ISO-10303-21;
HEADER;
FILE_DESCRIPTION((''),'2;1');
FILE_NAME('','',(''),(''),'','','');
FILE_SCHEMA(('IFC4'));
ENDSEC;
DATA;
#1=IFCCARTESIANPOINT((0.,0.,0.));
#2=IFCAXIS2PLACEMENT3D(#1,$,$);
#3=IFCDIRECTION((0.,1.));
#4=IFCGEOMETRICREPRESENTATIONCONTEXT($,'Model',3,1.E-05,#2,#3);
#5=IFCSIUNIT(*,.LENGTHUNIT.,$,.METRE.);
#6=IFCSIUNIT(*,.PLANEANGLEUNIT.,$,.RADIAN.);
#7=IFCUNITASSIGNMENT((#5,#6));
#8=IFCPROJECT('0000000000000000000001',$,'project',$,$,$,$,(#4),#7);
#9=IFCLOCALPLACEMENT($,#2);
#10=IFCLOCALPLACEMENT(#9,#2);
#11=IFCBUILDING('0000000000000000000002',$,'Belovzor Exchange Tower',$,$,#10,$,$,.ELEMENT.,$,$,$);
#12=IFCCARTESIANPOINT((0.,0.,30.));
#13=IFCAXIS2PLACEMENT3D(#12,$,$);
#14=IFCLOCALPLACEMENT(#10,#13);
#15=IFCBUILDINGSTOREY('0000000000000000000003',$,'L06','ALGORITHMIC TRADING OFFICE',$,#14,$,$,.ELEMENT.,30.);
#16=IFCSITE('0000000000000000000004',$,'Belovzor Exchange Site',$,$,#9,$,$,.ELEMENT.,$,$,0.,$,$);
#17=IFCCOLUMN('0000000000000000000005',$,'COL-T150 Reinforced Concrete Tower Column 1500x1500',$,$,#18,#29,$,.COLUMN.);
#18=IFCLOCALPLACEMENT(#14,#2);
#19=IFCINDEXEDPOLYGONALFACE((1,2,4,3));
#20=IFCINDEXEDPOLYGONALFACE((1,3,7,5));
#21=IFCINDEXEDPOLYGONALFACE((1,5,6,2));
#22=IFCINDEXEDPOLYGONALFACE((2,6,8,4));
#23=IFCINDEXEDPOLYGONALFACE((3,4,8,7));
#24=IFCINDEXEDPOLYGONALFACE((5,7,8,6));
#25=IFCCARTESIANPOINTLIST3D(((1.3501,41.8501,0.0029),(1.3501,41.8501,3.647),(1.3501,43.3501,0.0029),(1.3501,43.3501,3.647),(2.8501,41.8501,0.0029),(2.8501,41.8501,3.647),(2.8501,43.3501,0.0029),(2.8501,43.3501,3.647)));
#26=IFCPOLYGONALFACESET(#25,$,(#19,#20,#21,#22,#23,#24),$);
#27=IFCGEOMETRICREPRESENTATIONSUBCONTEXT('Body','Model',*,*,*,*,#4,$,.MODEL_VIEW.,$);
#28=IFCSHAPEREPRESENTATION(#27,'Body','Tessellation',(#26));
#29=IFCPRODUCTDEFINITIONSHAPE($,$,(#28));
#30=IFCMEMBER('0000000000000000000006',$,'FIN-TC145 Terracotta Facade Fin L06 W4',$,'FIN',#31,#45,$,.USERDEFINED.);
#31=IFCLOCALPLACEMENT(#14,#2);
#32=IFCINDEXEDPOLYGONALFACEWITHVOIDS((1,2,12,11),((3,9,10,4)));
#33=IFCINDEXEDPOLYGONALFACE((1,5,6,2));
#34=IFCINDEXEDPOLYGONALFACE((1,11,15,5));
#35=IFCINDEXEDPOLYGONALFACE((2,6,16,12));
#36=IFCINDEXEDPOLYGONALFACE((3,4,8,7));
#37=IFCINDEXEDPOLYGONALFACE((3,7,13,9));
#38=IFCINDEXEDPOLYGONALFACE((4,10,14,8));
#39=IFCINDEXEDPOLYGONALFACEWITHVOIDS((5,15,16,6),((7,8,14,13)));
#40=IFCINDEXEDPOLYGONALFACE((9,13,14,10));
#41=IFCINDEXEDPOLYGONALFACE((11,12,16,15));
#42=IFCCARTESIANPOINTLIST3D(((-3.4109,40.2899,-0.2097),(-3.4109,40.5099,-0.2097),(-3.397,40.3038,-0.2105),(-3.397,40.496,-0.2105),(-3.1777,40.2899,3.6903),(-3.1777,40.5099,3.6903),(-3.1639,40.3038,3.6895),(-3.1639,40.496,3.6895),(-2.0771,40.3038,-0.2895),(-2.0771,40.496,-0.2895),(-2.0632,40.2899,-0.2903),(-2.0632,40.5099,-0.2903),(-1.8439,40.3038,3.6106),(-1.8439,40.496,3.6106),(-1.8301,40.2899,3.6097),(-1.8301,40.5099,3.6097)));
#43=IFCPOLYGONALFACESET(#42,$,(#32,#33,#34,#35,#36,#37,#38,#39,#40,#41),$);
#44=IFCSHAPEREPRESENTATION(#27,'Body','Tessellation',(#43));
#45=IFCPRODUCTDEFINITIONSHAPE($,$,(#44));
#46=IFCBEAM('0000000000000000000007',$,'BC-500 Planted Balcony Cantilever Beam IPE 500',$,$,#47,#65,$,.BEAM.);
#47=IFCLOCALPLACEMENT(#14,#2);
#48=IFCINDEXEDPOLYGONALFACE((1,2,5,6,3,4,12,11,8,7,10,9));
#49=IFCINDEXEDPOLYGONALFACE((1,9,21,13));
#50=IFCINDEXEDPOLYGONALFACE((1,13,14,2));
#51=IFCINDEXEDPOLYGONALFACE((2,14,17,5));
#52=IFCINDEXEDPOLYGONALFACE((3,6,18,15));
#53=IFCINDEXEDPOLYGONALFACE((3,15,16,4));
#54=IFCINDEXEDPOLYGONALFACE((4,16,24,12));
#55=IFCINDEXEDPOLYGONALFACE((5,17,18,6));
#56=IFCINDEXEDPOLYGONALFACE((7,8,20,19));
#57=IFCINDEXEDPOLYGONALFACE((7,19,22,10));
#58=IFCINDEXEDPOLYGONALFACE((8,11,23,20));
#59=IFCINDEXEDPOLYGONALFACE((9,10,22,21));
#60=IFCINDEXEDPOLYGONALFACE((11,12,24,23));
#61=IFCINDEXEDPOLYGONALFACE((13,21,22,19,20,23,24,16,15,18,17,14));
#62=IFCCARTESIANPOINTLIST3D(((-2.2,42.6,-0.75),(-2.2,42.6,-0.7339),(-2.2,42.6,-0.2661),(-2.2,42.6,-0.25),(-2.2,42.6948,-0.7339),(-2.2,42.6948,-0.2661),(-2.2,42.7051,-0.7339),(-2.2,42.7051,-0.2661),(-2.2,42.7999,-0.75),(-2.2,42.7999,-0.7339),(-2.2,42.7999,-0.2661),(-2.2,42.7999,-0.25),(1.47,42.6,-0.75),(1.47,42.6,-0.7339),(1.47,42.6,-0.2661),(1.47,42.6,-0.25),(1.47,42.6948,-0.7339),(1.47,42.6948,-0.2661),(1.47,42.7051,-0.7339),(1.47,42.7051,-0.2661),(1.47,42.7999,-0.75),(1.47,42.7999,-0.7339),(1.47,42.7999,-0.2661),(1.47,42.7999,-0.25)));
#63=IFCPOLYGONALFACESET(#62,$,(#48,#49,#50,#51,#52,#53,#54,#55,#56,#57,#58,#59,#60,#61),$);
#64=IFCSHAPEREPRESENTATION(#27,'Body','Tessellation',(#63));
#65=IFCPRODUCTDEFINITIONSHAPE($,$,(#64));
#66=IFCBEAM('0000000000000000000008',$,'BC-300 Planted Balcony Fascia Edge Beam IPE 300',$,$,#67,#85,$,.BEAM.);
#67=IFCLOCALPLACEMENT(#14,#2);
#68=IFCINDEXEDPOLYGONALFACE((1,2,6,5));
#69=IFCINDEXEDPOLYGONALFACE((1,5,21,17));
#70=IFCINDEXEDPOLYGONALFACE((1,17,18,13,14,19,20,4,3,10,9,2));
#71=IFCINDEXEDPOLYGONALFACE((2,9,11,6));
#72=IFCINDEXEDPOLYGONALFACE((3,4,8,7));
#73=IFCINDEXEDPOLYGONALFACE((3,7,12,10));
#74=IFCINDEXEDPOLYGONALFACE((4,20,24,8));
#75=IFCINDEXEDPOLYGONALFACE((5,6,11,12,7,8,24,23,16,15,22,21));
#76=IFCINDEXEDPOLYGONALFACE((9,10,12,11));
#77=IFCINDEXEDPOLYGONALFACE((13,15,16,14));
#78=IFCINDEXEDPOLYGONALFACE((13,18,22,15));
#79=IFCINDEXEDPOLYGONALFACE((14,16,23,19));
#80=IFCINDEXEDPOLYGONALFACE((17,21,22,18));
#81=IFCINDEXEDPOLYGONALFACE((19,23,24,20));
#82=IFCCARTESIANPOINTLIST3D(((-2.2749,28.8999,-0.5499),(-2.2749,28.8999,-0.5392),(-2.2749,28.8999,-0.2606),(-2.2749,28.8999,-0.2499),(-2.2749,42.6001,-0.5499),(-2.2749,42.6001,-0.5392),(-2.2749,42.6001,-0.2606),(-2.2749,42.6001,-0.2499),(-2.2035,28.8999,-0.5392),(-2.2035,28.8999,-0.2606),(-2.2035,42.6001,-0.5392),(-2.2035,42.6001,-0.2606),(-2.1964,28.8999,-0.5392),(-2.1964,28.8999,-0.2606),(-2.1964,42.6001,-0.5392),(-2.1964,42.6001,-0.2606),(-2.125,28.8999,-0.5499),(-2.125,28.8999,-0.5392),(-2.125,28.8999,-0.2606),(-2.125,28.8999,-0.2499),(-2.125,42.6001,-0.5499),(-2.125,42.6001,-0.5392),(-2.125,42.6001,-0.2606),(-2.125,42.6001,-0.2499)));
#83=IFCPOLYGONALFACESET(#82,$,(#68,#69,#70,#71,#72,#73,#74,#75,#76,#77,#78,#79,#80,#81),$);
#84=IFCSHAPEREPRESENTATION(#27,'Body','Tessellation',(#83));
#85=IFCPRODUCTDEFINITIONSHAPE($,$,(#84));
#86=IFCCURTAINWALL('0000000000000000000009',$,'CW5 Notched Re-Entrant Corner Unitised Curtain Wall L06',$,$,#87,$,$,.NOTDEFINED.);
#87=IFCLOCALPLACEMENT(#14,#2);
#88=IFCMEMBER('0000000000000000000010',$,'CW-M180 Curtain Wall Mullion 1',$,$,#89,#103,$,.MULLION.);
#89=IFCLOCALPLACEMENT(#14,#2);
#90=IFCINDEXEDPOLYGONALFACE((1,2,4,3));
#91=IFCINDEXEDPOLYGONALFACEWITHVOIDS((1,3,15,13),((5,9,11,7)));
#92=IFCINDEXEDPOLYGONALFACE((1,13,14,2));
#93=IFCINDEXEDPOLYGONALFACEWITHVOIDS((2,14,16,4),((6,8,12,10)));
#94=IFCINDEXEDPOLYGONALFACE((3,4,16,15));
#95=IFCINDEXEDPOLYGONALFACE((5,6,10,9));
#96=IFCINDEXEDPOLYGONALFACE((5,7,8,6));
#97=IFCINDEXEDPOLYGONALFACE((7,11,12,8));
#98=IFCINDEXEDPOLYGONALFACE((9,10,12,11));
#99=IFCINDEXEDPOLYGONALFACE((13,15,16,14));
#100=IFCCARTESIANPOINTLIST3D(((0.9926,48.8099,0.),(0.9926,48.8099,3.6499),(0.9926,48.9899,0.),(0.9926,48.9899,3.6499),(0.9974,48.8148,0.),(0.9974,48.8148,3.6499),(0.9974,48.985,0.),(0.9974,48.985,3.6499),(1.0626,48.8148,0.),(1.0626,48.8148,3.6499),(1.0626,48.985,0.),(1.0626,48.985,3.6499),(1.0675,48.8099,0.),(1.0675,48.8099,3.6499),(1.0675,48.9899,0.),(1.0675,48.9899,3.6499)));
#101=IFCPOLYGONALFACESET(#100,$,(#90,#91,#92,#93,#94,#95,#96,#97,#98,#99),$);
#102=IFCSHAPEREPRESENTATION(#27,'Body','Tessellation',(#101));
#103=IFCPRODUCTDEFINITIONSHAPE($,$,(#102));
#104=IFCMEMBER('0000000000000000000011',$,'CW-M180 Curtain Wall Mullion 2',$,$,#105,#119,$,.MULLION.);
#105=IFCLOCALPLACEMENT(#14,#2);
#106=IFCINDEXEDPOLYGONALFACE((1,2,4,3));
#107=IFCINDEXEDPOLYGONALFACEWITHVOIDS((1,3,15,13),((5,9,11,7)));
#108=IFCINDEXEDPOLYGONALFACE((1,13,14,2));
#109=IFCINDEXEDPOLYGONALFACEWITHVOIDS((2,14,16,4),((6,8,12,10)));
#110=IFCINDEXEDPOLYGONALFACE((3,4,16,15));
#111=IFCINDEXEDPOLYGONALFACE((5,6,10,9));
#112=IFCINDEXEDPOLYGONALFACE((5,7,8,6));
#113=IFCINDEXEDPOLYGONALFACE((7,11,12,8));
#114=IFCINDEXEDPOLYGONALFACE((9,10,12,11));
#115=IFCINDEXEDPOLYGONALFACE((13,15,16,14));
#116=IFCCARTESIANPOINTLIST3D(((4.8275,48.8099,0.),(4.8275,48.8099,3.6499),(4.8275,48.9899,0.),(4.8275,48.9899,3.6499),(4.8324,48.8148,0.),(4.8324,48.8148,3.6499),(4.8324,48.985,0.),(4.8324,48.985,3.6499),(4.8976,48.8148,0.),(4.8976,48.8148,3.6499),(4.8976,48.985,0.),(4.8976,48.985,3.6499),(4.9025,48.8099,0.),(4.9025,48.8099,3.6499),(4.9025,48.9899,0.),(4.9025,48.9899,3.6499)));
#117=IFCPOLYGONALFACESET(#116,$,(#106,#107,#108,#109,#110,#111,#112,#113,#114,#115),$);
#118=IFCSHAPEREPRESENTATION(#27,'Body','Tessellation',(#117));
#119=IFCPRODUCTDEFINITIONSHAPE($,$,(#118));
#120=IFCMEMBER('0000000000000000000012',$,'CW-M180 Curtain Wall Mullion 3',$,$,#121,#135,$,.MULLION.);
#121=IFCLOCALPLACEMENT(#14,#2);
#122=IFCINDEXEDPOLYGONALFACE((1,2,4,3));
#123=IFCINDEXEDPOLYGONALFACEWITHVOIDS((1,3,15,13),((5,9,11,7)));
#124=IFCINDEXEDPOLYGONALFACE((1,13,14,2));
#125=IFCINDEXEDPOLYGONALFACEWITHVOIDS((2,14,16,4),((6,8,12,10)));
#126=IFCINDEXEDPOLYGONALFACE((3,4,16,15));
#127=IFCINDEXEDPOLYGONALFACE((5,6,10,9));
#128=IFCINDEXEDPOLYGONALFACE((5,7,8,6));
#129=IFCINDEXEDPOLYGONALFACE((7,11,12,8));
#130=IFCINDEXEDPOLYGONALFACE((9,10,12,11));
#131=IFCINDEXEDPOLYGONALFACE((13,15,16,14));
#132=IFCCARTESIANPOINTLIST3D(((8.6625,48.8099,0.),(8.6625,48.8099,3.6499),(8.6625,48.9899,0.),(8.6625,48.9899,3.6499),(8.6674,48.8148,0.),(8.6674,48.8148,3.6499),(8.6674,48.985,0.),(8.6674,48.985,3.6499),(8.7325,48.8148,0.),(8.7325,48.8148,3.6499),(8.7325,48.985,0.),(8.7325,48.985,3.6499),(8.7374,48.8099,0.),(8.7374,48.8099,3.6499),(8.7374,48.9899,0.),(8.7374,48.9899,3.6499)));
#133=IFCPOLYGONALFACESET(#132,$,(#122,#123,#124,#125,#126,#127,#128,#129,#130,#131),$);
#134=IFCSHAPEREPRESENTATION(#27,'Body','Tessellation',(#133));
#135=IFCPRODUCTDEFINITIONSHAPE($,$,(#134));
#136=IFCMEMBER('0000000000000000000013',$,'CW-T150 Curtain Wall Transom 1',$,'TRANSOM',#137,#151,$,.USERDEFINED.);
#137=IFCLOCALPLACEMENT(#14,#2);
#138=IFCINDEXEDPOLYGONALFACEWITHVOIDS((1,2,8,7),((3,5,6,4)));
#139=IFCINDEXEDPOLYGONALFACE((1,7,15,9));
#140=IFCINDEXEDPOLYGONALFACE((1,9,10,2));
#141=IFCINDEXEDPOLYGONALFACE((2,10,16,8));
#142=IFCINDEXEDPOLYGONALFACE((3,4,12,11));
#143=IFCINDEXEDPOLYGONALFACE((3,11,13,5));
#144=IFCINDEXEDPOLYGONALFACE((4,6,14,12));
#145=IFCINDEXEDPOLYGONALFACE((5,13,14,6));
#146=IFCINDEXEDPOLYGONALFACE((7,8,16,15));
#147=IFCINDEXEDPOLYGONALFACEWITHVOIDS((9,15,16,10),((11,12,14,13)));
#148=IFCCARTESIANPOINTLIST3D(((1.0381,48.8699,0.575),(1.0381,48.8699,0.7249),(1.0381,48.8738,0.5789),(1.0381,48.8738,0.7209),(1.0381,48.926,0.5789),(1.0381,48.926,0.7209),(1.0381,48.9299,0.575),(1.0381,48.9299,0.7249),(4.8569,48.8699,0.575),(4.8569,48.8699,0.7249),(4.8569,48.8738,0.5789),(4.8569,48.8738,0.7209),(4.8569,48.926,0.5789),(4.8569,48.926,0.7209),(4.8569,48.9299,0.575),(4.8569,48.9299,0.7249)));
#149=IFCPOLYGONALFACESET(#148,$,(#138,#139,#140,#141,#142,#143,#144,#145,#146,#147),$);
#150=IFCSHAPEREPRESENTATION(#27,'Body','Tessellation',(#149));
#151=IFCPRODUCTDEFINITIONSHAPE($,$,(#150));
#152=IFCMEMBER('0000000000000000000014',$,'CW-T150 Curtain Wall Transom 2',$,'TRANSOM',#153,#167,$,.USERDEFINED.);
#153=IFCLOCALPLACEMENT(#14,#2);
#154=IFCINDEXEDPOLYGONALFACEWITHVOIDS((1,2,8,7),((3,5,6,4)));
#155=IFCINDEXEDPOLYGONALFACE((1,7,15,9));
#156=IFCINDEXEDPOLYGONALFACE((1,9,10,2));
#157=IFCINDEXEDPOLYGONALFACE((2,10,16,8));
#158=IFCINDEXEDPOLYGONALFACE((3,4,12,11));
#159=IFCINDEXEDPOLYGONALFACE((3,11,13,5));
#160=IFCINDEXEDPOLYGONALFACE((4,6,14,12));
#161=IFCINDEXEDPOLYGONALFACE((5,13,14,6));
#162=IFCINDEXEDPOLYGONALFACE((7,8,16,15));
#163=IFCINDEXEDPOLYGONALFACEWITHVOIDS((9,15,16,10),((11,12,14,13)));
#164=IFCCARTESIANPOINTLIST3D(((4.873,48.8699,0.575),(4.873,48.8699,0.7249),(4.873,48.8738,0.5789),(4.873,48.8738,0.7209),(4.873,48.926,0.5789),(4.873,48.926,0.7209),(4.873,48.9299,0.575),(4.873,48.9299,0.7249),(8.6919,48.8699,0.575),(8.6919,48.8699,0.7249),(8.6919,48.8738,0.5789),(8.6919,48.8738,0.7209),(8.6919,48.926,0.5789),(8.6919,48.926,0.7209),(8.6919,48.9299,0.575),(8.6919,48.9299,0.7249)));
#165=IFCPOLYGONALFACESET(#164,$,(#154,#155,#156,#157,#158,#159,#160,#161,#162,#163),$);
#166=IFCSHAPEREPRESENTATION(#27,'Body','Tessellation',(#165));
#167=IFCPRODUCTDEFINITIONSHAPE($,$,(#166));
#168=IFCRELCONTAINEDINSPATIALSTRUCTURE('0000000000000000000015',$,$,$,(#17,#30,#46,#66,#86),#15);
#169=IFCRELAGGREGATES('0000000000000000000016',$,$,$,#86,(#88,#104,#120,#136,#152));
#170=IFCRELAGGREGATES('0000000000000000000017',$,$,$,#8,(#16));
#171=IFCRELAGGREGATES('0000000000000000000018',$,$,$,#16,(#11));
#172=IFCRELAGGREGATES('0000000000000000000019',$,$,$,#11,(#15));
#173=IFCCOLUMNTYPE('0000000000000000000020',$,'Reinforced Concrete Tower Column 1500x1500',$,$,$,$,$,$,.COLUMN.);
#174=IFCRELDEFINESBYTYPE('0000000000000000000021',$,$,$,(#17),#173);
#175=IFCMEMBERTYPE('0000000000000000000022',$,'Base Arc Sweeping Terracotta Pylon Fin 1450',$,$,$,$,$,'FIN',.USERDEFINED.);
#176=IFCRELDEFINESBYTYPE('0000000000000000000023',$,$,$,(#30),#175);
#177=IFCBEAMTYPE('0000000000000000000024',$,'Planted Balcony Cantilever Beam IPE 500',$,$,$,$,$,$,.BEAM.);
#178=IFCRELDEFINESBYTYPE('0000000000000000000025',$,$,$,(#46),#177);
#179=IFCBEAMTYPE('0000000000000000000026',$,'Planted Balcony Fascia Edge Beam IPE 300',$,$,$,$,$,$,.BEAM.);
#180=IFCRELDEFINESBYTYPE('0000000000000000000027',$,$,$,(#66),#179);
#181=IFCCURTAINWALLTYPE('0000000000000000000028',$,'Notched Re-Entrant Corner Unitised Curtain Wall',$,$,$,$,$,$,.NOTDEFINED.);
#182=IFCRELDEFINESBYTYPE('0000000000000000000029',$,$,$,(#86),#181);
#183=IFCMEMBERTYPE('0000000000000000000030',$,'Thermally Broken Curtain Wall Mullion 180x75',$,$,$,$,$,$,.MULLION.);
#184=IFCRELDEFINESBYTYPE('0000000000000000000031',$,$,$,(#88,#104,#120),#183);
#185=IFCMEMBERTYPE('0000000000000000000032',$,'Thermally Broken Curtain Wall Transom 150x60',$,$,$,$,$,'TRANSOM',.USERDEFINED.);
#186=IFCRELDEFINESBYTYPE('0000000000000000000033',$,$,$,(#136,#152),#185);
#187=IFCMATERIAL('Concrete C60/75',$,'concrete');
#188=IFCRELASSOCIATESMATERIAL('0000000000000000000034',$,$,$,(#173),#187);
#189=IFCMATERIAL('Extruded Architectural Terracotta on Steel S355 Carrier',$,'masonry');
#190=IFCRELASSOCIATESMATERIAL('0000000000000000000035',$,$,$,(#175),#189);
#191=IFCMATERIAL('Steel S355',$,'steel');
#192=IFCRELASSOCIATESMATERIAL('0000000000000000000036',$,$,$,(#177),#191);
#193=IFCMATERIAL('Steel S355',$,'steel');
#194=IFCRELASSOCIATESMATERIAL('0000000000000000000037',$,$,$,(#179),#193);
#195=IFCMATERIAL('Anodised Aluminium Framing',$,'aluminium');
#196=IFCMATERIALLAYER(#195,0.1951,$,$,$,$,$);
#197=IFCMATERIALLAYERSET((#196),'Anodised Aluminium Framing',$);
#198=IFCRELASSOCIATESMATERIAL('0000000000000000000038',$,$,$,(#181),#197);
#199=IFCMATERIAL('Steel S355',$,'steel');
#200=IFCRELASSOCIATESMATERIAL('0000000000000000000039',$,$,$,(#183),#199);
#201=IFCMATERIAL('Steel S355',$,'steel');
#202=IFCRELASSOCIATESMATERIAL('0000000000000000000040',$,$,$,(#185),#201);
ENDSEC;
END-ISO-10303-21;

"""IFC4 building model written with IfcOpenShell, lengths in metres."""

from ifc_helpers import new_model, si_unit, direction, frame, origin, origin_2d, place, context, subcontext, project, spatial, rectangle, hollow_rectangle, i_section, extrude, material, layer, layer_set, material_profile, profile_set, type_object, element, aggregate, save


model = new_model("IFC4")

# Units and contexts
model_context = context("Model", 3, precision=1e-05, world=origin(), true_north=direction((0.0, 1.0)))
body_context = subcontext(model_context, "Body", "Model", "MODEL_VIEW")
ifc_project = project(units=[si_unit("LENGTHUNIT", "METRE"), si_unit("PLANEANGLEUNIT", "RADIAN")], contexts=[model_context])

# Site, building, storey
site_placement = place(None, origin())
site = spatial("IfcSite", under=ifc_project, at=site_placement, Name="Belovzor Exchange Site", CompositionType="ELEMENT", RefElevation=0.0)
building_placement = place(site_placement, origin())
building = spatial("IfcBuilding", under=site, at=building_placement, Name="Belovzor Exchange Tower", CompositionType="ELEMENT")
storey_placement = place(building_placement, frame((0.0, 0.0, 30.0)))
storey = spatial("IfcBuildingStorey", under=building, at=storey_placement, Name="L06", Description="ALGORITHMIC TRADING OFFICE", CompositionType="ELEMENT", Elevation=30.0)

# Column
ifc_material_1 = material(Name="Concrete C60/75", Category="concrete")
ifc_material_profile_1 = material_profile(ifc_material_1, rectangle(XDim=1.5, YDim=1.5, at=origin_2d()))
ifc_profile_set_1 = profile_set([ifc_material_profile_1], Name="Concrete C60/75")
column_type = type_object("IfcColumnType", Name="Reinforced Concrete Tower Column 1500x1500", PredefinedType="COLUMN", material=ifc_profile_set_1)
column_placement = place(storey_placement, frame((2.1001, 42.6001, 0.0029), z_axis=(0.0, 0.0, 1.0), x_axis=(1.0, 0.0, 0.0)))
element("IfcColumn", 1, at=column_placement, inside=storey, type_object=column_type, Name="COL-T150 Reinforced Concrete Tower Column 1500x1500", PredefinedType="COLUMN", context=body_context, shape_type="SweptSolid", body=[
    extrude(rectangle(XDim=1.5, YDim=1.5, at=origin_2d()), origin(), (0.0, 0.0, 1.0), 3.644),
])

# Member
ifc_material_2 = material(Name="Extruded Architectural Terracotta on Steel S355 Carrier", Category="masonry")
ifc_material_profile_2 = material_profile(ifc_material_2, hollow_rectangle(XDim=0.22, YDim=1.3501, WallThickness=0.0139, at=origin_2d()))
ifc_profile_set_2 = profile_set([ifc_material_profile_2], Name="Extruded Architectural Terracotta on Steel S355 Carrier")
member_type_1 = type_object("IfcMemberType", Name="Base Arc Sweeping Terracotta Pylon Fin 1450", ElementType="FIN", PredefinedType="USERDEFINED", material=ifc_profile_set_2)
member_1_placement = place(storey_placement, frame((-2.7371, 40.3999, -0.25), z_axis=(0.059678, 0.0, 0.998218), x_axis=(0.0, 1.0, 0.0)))
element("IfcMember", 2, at=member_1_placement, inside=storey, type_object=member_type_1, Name="FIN-TC145 Terracotta Facade Fin L06 W4", ObjectType="FIN", PredefinedType="USERDEFINED", context=body_context, shape_type="SweptSolid", body=[
    extrude(hollow_rectangle(XDim=0.22, YDim=1.3501, WallThickness=0.0139, at=origin_2d()), origin(), (0.0, 0.0, 1.0), 3.907),
])

# Beams
ifc_material_3 = material(Name="Steel S355", Category="steel")
ifc_material_profile_3 = material_profile(ifc_material_3, i_section(OverallWidth=0.2, OverallDepth=0.5, WebThickness=0.0103, FlangeThickness=0.0161, at=origin_2d()))
ifc_profile_set_3 = profile_set([ifc_material_profile_3], Name="Steel S355")
beam_type_1 = type_object("IfcBeamType", Name="Planted Balcony Cantilever Beam IPE 500", PredefinedType="BEAM", material=ifc_profile_set_3)
beam_1_placement = place(storey_placement, frame((1.47, 42.7, -0.5), z_axis=(-1.0, 0.0, 0.0), x_axis=(0.0, -1.0, 0.0)))
element("IfcBeam", 3, at=beam_1_placement, inside=storey, type_object=beam_type_1, Name="BC-500 Planted Balcony Cantilever Beam IPE 500", PredefinedType="BEAM", context=body_context, shape_type="SweptSolid", body=[
    extrude(i_section(OverallWidth=0.2, OverallDepth=0.5, WebThickness=0.0103, FlangeThickness=0.0161, at=origin_2d()), origin(), (0.0, 0.0, 1.0), 3.6699),
])
ifc_material_4 = material(Name="Steel S355", Category="steel")
ifc_material_profile_4 = material_profile(ifc_material_4, i_section(OverallWidth=0.1499, OverallDepth=0.3, WebThickness=0.0071, FlangeThickness=0.0107, at=origin_2d()))
ifc_profile_set_4 = profile_set([ifc_material_profile_4], Name="Steel S355")
beam_type_2 = type_object("IfcBeamType", Name="Planted Balcony Fascia Edge Beam IPE 300", PredefinedType="BEAM", material=ifc_profile_set_4)
beam_2_placement = place(storey_placement, frame((-2.2, 42.6001, -0.3999), z_axis=(0.0, -1.0, 0.0), x_axis=(1.0, 0.0, 0.0)))
element("IfcBeam", 4, at=beam_2_placement, inside=storey, type_object=beam_type_2, Name="BC-300 Planted Balcony Fascia Edge Beam IPE 300", PredefinedType="BEAM", context=body_context, shape_type="SweptSolid", body=[
    extrude(i_section(OverallWidth=0.1499, OverallDepth=0.3, WebThickness=0.0071, FlangeThickness=0.0107, at=origin_2d()), origin(), (0.0, 0.0, 1.0), 13.7002),
])

# Curtain wall, members
ifc_material_5 = material(Name="Anodised Aluminium Framing", Category="aluminium")
ifc_layer_1 = layer(ifc_material_5, 0.1951)
ifc_layer_set_1 = layer_set([ifc_layer_1], Name="Anodised Aluminium Framing")
curtain_wall_type = type_object("IfcCurtainWallType", Name="Notched Re-Entrant Corner Unitised Curtain Wall", PredefinedType="NOTDEFINED", material=ifc_layer_set_1)
curtain_wall_placement = place(storey_placement, origin())
curtain_wall = element("IfcCurtainWall", 5, at=curtain_wall_placement, inside=storey, type_object=curtain_wall_type, Name="CW5 Notched Re-Entrant Corner Unitised Curtain Wall L06", PredefinedType="NOTDEFINED")
ifc_material_6 = material(Name="Steel S355", Category="steel")
ifc_material_profile_5 = material_profile(ifc_material_6, hollow_rectangle(XDim=0.075, YDim=0.1799, WallThickness=0.0049, at=origin_2d()))
ifc_profile_set_5 = profile_set([ifc_material_profile_5], Name="Steel S355")
member_type_2 = type_object("IfcMemberType", Name="Thermally Broken Curtain Wall Mullion 180x75", PredefinedType="MULLION", material=ifc_profile_set_5)
member_2_placement = place(storey_placement, frame((1.03, 48.8999, 0.0), z_axis=(0.0, 0.0, 1.0), x_axis=(1.0, 0.0, 0.0)))
member_2 = element("IfcMember", 6, at=member_2_placement, type_object=member_type_2, Name="CW-M180 Curtain Wall Mullion 1", PredefinedType="MULLION", context=body_context, shape_type="SweptSolid", body=[
    extrude(hollow_rectangle(XDim=0.075, YDim=0.1799, WallThickness=0.0049, at=origin_2d()), origin(), (0.0, 0.0, 1.0), 3.6499),
])
member_3_placement = place(storey_placement, frame((4.865, 48.8999, 0.0), z_axis=(0.0, 0.0, 1.0), x_axis=(1.0, 0.0, 0.0)))
member_3 = element("IfcMember", 7, at=member_3_placement, type_object=member_type_2, Name="CW-M180 Curtain Wall Mullion 2", PredefinedType="MULLION", context=body_context, shape_type="SweptSolid", body=[
    extrude(hollow_rectangle(XDim=0.075, YDim=0.1799, WallThickness=0.0049, at=origin_2d()), origin(), (0.0, 0.0, 1.0), 3.6499),
])
member_4_placement = place(storey_placement, frame((8.7, 48.8999, 0.0), z_axis=(0.0, 0.0, 1.0), x_axis=(1.0, 0.0, 0.0)))
member_4 = element("IfcMember", 8, at=member_4_placement, type_object=member_type_2, Name="CW-M180 Curtain Wall Mullion 3", PredefinedType="MULLION", context=body_context, shape_type="SweptSolid", body=[
    extrude(hollow_rectangle(XDim=0.075, YDim=0.1799, WallThickness=0.0049, at=origin_2d()), origin(), (0.0, 0.0, 1.0), 3.6499),
])
ifc_material_7 = material(Name="Steel S355", Category="steel")
ifc_material_profile_6 = material_profile(ifc_material_7, hollow_rectangle(XDim=0.0601, YDim=0.1499, WallThickness=0.0039, at=origin_2d()))
ifc_profile_set_6 = profile_set([ifc_material_profile_6], Name="Steel S355")
member_type_3 = type_object("IfcMemberType", Name="Thermally Broken Curtain Wall Transom 150x60", ElementType="TRANSOM", PredefinedType="USERDEFINED", material=ifc_profile_set_6)
member_5_placement = place(storey_placement, frame((1.0381, 48.8999, 0.6499), z_axis=(1.0, 0.0, 0.0), x_axis=(0.0, 1.0, 0.0)))
member_5 = element("IfcMember", 9, at=member_5_placement, type_object=member_type_3, Name="CW-T150 Curtain Wall Transom 1", ObjectType="TRANSOM", PredefinedType="USERDEFINED", context=body_context, shape_type="SweptSolid", body=[
    extrude(hollow_rectangle(XDim=0.0601, YDim=0.1499, WallThickness=0.0039, at=origin_2d()), origin(), (0.0, 0.0, 1.0), 3.8188),
])
member_6_placement = place(storey_placement, frame((4.873, 48.8999, 0.6499), z_axis=(1.0, 0.0, 0.0), x_axis=(0.0, 1.0, 0.0)))
member_6 = element("IfcMember", 10, at=member_6_placement, type_object=member_type_3, Name="CW-T150 Curtain Wall Transom 2", ObjectType="TRANSOM", PredefinedType="USERDEFINED", context=body_context, shape_type="SweptSolid", body=[
    extrude(hollow_rectangle(XDim=0.0601, YDim=0.1499, WallThickness=0.0039, at=origin_2d()), origin(), (0.0, 0.0, 1.0), 3.8188),
])

aggregate(curtain_wall, [member_2, member_3, member_4, member_5, member_6])

save(model, "model.ifc")
